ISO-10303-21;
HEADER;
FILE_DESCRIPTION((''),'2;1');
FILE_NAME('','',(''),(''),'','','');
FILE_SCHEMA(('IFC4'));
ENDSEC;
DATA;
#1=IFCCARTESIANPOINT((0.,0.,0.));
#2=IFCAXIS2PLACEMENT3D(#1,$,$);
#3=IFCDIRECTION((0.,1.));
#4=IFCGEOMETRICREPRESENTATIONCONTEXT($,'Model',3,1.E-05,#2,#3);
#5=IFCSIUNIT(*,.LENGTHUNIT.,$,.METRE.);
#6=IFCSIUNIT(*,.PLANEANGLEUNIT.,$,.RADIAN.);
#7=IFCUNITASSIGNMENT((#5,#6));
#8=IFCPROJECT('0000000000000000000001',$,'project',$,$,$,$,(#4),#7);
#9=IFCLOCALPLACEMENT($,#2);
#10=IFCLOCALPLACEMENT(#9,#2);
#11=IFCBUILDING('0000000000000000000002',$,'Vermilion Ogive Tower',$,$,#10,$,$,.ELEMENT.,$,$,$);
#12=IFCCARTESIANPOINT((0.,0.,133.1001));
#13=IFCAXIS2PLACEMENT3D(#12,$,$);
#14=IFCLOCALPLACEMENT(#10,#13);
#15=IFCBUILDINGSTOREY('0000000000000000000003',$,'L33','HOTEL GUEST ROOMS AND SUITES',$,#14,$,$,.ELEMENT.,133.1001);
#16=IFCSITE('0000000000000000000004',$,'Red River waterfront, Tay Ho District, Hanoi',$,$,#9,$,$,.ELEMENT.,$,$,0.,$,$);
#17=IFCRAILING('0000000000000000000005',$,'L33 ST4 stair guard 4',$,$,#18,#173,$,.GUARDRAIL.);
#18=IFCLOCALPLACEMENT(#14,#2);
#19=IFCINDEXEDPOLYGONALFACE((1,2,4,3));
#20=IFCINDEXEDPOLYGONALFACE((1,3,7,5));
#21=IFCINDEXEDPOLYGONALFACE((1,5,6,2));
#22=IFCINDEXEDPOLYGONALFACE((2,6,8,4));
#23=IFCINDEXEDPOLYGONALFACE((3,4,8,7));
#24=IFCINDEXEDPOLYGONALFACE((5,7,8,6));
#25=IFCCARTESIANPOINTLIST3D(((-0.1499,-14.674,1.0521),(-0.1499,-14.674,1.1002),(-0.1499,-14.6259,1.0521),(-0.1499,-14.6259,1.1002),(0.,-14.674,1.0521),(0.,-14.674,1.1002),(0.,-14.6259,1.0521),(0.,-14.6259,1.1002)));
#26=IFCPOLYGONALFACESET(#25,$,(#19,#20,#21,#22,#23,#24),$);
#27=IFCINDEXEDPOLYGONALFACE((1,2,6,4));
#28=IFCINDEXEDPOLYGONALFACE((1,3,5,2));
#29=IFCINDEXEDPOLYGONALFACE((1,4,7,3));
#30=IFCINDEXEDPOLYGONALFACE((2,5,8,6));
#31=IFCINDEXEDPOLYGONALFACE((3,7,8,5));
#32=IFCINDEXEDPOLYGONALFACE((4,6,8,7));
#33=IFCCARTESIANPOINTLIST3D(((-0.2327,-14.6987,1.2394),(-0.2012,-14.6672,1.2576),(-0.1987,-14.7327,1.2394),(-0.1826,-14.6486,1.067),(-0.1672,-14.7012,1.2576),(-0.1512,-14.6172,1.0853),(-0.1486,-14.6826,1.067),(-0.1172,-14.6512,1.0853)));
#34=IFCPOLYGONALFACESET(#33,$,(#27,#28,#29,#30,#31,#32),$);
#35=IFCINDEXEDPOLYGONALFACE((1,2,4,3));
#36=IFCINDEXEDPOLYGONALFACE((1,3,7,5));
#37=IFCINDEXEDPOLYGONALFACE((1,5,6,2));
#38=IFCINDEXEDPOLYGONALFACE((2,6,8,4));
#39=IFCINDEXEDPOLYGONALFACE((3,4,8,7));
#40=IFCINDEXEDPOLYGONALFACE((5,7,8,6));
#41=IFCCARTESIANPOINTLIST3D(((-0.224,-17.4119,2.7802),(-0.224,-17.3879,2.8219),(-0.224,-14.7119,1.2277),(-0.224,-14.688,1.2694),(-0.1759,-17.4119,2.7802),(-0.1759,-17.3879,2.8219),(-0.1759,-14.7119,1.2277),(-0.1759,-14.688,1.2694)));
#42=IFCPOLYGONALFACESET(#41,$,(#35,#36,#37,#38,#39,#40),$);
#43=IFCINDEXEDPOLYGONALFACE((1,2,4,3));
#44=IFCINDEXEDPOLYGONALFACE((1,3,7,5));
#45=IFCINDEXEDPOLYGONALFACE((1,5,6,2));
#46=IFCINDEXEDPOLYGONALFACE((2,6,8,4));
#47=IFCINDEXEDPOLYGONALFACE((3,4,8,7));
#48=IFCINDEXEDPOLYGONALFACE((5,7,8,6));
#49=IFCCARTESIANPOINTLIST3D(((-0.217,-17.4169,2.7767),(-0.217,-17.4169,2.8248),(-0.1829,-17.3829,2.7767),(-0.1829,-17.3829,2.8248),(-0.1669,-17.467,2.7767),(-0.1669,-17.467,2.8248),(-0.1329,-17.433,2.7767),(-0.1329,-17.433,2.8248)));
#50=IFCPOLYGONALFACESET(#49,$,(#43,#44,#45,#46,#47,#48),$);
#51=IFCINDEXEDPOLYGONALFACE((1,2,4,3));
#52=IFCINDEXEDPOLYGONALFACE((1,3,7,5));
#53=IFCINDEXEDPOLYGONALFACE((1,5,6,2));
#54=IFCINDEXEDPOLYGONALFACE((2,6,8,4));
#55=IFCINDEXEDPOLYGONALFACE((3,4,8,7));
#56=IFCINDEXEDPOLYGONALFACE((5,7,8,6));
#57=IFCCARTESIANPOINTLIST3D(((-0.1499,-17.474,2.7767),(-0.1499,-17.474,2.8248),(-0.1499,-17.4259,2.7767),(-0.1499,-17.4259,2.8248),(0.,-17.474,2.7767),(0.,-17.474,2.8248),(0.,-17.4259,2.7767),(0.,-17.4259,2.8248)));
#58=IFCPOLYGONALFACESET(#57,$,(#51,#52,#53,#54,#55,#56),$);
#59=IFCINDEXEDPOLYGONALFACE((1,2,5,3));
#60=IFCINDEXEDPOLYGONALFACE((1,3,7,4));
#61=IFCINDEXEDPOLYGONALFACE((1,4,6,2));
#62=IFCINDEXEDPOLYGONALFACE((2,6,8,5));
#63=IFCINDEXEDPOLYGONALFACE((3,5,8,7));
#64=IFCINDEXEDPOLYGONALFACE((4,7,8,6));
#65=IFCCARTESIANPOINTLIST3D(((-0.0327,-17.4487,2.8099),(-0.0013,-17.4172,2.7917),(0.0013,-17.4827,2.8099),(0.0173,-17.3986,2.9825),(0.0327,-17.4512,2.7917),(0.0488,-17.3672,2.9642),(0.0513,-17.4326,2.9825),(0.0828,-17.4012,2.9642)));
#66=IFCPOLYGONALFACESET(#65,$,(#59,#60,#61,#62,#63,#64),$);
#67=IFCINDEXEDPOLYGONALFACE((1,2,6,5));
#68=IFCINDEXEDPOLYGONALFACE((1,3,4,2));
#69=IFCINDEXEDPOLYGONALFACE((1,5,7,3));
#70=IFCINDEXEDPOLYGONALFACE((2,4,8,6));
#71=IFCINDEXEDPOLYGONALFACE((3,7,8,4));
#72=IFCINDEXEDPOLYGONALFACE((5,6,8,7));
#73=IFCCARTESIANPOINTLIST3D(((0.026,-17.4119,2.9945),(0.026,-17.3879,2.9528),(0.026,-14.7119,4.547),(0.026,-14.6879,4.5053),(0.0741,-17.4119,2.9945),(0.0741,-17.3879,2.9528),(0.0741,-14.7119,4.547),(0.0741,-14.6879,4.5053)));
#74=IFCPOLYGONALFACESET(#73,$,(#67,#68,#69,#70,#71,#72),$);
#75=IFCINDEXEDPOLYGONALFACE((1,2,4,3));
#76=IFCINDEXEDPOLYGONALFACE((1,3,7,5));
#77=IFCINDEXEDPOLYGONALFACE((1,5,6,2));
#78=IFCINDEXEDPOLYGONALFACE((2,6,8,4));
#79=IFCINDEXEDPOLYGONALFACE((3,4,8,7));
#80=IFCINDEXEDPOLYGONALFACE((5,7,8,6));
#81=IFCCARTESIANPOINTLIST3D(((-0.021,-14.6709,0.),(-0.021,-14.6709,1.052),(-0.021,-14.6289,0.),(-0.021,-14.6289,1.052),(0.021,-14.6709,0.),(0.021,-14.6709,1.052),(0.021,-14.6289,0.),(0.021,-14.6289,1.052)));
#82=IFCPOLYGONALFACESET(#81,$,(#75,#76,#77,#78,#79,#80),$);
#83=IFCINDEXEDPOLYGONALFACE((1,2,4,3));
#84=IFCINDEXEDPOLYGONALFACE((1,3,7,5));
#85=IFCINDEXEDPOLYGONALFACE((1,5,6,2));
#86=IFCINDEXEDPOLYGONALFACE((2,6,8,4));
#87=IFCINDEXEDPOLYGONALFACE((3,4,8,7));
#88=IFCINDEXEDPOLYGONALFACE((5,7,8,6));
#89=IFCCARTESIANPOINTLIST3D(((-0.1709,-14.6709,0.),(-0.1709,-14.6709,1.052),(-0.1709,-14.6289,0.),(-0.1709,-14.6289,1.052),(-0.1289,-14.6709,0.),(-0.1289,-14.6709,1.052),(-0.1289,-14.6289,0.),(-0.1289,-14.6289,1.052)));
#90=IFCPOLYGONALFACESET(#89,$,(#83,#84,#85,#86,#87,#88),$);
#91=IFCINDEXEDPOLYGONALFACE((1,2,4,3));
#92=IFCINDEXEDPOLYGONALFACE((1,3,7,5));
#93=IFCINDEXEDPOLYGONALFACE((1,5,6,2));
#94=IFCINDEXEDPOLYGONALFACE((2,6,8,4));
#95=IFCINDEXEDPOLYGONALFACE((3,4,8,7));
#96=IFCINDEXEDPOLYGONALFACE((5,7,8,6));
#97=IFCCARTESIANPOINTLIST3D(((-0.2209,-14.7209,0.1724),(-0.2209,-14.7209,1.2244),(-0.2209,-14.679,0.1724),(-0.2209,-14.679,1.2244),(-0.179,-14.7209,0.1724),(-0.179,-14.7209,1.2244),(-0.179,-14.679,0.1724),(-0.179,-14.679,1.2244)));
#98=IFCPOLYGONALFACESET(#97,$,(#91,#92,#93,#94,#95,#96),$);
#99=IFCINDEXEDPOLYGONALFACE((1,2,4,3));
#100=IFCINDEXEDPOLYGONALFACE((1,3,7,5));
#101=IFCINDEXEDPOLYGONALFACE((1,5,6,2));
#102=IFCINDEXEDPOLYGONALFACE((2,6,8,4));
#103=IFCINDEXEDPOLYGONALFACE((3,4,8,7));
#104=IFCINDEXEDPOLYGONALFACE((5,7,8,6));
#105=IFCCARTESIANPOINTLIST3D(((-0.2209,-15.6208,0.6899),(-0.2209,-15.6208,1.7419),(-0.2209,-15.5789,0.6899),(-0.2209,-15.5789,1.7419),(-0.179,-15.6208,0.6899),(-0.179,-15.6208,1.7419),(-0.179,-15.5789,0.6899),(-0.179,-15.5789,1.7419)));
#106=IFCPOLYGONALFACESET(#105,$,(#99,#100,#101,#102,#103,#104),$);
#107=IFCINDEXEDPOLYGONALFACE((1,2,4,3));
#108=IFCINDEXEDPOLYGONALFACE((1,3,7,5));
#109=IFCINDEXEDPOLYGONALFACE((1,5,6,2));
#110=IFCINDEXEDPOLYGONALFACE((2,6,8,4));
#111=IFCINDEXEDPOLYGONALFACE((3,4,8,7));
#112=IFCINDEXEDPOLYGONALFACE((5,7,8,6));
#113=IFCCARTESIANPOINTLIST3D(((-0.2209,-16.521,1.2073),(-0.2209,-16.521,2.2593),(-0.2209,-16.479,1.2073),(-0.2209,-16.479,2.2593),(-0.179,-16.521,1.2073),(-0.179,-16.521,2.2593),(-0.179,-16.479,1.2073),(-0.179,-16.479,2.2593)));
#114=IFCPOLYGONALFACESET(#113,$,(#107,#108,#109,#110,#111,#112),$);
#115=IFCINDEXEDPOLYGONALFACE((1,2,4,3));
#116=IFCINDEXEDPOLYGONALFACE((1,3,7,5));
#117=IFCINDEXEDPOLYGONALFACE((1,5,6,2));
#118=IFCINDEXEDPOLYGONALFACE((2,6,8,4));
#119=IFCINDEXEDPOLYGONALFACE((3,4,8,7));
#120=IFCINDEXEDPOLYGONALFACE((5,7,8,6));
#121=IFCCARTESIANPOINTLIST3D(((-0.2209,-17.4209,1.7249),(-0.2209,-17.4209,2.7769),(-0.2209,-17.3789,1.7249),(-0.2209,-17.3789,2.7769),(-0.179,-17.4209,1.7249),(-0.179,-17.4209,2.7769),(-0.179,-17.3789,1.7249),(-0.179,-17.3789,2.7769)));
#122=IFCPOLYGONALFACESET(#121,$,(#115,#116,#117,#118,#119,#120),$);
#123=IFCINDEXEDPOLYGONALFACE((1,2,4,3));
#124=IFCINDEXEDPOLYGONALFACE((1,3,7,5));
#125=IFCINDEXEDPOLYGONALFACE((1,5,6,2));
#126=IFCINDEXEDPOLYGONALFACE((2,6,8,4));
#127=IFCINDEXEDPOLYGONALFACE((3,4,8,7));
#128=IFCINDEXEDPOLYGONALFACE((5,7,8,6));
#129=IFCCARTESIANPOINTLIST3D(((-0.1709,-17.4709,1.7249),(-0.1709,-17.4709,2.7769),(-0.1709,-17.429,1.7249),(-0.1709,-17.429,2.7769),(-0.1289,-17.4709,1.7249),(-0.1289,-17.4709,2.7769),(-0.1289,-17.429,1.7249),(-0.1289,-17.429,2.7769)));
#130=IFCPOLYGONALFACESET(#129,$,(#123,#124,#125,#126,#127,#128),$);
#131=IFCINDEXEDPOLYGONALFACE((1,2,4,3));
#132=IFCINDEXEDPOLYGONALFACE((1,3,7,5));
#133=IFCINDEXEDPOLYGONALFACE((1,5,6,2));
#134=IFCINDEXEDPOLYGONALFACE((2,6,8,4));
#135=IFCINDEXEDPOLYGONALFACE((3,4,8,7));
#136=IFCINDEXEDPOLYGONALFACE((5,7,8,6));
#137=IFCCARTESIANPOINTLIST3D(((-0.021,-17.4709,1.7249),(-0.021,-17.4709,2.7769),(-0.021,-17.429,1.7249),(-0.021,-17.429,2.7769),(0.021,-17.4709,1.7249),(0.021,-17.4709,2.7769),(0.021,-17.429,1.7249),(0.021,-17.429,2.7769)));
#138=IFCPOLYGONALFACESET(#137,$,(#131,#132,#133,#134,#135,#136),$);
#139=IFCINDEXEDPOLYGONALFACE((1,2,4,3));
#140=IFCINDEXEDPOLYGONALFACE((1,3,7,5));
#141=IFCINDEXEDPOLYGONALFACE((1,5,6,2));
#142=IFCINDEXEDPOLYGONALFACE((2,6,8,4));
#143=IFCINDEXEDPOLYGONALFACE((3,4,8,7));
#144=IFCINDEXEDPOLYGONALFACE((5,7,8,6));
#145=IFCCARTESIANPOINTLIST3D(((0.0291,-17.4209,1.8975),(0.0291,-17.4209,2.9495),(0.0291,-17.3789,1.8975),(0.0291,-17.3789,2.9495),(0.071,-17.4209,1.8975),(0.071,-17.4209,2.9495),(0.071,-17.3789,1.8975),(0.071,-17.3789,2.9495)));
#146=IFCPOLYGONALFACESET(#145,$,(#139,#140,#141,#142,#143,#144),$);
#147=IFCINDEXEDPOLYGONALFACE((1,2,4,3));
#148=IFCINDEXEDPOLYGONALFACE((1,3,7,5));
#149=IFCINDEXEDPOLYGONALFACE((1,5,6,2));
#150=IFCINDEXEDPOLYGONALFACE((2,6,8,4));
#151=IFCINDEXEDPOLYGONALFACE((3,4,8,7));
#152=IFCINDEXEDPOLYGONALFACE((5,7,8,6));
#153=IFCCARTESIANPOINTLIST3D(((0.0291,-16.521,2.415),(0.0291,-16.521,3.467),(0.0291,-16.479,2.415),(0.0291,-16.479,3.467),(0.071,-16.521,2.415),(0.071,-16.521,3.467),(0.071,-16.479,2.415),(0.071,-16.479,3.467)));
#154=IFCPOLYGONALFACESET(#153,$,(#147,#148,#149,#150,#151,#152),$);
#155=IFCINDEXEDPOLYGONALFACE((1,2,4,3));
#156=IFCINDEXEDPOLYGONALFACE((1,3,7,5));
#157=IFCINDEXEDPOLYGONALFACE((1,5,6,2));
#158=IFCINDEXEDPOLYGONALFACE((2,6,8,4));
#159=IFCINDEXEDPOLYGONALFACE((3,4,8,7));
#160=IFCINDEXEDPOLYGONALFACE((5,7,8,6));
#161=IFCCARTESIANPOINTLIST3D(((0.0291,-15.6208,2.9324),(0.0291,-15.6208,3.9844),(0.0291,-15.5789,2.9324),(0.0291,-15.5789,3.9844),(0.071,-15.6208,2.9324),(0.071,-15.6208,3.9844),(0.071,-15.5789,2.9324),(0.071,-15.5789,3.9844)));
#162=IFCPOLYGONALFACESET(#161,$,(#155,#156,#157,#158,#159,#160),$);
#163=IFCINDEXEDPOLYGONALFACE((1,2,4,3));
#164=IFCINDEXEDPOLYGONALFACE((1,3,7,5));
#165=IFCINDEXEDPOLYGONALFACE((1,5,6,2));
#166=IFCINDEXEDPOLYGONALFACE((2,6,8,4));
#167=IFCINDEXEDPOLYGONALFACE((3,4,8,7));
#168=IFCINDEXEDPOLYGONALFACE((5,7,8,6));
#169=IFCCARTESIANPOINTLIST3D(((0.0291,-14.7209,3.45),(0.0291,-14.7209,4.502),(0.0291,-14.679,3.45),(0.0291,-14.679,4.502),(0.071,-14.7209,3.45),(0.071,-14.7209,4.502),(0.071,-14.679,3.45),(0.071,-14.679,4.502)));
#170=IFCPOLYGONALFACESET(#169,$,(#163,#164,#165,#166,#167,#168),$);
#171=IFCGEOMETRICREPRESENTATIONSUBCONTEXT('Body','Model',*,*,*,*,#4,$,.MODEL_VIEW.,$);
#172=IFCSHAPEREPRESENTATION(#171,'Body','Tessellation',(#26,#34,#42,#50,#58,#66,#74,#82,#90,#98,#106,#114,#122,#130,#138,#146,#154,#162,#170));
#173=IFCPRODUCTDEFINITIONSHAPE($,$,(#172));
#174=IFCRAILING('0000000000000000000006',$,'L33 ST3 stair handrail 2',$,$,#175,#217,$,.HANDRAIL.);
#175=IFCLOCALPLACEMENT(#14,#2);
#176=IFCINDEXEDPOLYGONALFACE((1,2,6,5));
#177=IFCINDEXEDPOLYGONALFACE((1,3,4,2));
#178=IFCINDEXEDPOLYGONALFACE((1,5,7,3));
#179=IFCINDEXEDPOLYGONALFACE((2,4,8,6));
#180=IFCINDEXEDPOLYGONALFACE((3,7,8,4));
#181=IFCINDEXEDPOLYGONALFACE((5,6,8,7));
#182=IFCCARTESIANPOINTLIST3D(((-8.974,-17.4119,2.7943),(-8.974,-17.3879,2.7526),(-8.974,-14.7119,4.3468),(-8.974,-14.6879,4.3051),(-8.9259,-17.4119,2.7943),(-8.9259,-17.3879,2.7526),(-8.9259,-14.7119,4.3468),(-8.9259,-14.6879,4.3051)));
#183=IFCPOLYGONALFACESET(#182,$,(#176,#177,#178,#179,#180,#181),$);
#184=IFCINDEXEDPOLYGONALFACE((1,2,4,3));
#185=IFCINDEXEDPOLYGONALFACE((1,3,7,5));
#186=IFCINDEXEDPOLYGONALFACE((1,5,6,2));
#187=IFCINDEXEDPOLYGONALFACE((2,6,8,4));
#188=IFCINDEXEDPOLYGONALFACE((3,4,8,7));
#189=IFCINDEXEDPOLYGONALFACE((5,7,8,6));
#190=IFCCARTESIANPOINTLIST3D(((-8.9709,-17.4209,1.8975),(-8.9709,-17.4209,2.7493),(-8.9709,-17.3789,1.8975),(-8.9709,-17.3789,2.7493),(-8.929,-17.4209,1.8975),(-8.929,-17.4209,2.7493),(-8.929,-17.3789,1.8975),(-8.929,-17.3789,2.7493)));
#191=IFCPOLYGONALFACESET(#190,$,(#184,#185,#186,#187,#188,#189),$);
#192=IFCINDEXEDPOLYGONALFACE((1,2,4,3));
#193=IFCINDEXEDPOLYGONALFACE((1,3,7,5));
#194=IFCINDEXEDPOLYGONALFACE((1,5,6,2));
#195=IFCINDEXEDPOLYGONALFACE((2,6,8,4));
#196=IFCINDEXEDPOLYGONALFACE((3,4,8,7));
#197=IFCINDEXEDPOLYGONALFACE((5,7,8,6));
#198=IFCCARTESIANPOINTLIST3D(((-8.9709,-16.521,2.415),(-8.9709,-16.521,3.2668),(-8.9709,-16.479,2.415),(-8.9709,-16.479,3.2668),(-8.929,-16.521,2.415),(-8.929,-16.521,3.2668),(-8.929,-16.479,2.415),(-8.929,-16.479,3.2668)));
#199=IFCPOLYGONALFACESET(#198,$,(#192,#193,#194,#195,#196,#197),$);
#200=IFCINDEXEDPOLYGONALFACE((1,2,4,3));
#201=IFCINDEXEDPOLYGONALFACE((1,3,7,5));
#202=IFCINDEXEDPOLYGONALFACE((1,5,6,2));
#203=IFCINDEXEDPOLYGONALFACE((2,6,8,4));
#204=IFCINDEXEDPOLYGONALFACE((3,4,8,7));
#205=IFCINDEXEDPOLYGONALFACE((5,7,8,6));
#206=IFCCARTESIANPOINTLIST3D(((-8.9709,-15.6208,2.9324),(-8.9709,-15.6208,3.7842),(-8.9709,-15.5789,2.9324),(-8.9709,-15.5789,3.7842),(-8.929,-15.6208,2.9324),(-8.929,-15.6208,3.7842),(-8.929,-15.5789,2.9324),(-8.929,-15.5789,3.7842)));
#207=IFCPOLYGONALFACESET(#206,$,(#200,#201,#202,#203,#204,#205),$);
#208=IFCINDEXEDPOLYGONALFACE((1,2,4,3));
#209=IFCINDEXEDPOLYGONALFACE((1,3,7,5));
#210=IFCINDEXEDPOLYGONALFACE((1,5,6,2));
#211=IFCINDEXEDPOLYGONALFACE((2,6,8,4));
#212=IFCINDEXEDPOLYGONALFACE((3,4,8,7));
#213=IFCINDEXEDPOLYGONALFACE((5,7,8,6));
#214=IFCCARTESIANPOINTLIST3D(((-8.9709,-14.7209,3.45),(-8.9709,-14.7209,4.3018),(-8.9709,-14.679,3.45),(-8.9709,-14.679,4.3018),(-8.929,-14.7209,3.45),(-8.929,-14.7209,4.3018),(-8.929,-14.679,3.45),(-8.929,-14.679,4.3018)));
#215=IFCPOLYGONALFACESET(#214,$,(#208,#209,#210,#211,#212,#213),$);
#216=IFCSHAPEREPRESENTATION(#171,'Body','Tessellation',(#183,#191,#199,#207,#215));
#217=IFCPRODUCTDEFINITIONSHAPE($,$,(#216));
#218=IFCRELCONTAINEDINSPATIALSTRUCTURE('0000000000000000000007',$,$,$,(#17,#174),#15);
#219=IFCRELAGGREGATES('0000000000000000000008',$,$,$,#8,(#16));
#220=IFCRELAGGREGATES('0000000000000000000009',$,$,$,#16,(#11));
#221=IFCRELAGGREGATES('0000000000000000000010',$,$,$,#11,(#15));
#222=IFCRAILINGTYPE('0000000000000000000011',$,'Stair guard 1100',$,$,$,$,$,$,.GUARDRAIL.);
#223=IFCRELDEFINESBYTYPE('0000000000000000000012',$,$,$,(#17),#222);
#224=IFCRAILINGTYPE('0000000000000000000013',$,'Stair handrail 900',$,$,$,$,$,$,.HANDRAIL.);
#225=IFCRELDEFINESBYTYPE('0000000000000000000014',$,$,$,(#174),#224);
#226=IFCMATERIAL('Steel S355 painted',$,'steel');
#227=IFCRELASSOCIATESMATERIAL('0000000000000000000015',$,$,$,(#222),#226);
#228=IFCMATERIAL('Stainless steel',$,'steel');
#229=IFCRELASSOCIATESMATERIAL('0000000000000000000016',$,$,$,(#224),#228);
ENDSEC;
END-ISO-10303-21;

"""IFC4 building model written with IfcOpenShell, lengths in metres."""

from ifc_helpers import new_model, si_unit, direction, frame, origin, origin_2d, place, context, subcontext, project, spatial, rectangle, extrude, material, type_object, element, save


model = new_model("IFC4")

# Units and contexts
model_context = context("Model", 3, precision=1e-05, world=origin(), true_north=direction((0.0, 1.0)))
body_context = subcontext(model_context, "Body", "Model", "MODEL_VIEW")
ifc_project = project(units=[si_unit("LENGTHUNIT", "METRE"), si_unit("PLANEANGLEUNIT", "RADIAN")], contexts=[model_context])

# Site, building, storey
site_placement = place(None, origin())
site = spatial("IfcSite", under=ifc_project, at=site_placement, Name="Red River waterfront, Tay Ho District, Hanoi", CompositionType="ELEMENT", RefElevation=0.0)
building_placement = place(site_placement, origin())
building = spatial("IfcBuilding", under=site, at=building_placement, Name="Vermilion Ogive Tower", CompositionType="ELEMENT")
storey_placement = place(building_placement, frame((0.0, 0.0, 133.1001)))
storey = spatial("IfcBuildingStorey", under=building, at=storey_placement, Name="L33", Description="HOTEL GUEST ROOMS AND SUITES", CompositionType="ELEMENT", Elevation=133.1001)

# Railings
ifc_material_1 = material(Name="Steel S355 painted", Category="steel")
railing_type_1 = type_object("IfcRailingType", Name="Stair guard 1100", PredefinedType="GUARDRAIL", material=ifc_material_1)
railing_1_placement = place(storey_placement, frame((0.0, -14.6499, 0.0)))
element("IfcRailing", 1, at=railing_1_placement, inside=storey, type_object=railing_type_1, Name="L33 ST4 stair guard 4", PredefinedType="GUARDRAIL", context=body_context, shape_type="SweptSolid", body=[
    extrude(rectangle(XDim=0.0481, YDim=0.0481, at=origin_2d()), frame((0.0, 0.0, 1.0762), z_axis=(-1.0, 0.0, 0.0), x_axis=(0.0, -1.0, 0.0)), (0.0, 0.0, 1.0), 0.1499),
    extrude(rectangle(XDim=0.0481, YDim=0.0481, at=origin_2d()), frame((-0.1499, 0.0, 1.0762), z_axis=(-0.268603, -0.268603, 0.925043), x_axis=(0.707107, -0.707107, 0.0)), (0.0, 0.0, 1.0), 0.1863),
    extrude(rectangle(XDim=0.0481, YDim=0.0481, at=origin_2d()), frame((-0.2, -0.05, 1.2485), z_axis=(0.0, -0.866904, 0.498476), x_axis=(1.0, 0.0, 0.0)), (0.0, 0.0, 1.0), 3.1145),
    extrude(rectangle(XDim=0.0481, YDim=0.0481, at=origin_2d()), frame((-0.2, -2.75, 2.8008), z_axis=(0.707107, -0.707107, 0.0), x_axis=(0.707107, 0.707107, 0.0)), (0.0, 0.0, 1.0), 0.0708),
    extrude(rectangle(XDim=0.0481, YDim=0.0481, at=origin_2d()), frame((-0.1499, -2.8, 2.8008), z_axis=(1.0, 0.0, 0.0), x_axis=(0.0, 1.0, 0.0)), (0.0, 0.0, 1.0), 0.1499),
    extrude(rectangle(XDim=0.0481, YDim=0.0481, at=origin_2d()), frame((0.0, -2.8, 2.8008), z_axis=(0.268278, 0.268278, 0.925232), x_axis=(-0.707107, 0.707107, 0.0)), (0.0, 0.0, 1.0), 0.1865),
    extrude(rectangle(XDim=0.0481, YDim=0.0481, at=origin_2d()), frame((0.05, -2.75, 2.9736), z_axis=(0.0, 0.866904, 0.498476), x_axis=(-1.0, 0.0, 0.0)), (0.0, 0.0, 1.0), 3.1145),
    extrude(rectangle(XDim=0.042, YDim=0.042, at=origin_2d()), origin(), (0.0, 0.0, 1.0), 1.052),
    extrude(rectangle(XDim=0.042, YDim=0.042, at=origin_2d()), frame((-0.1499, 0.0, 0.0)), (0.0, 0.0, 1.0), 1.052),
    extrude(rectangle(XDim=0.042, YDim=0.042, at=origin_2d()), frame((-0.2, -0.05, 0.1724)), (0.0, 0.0, 1.0), 1.052),
    extrude(rectangle(XDim=0.042, YDim=0.042, at=origin_2d()), frame((-0.2, -0.95, 0.6899)), (0.0, 0.0, 1.0), 1.052),
    extrude(rectangle(XDim=0.042, YDim=0.042, at=origin_2d()), frame((-0.2, -1.8501, 1.2073)), (0.0, 0.0, 1.0), 1.052),
    extrude(rectangle(XDim=0.042, YDim=0.042, at=origin_2d()), frame((-0.2, -2.75, 1.7249)), (0.0, 0.0, 1.0), 1.052),
    extrude(rectangle(XDim=0.042, YDim=0.042, at=origin_2d()), frame((-0.1499, -2.8, 1.7249)), (0.0, 0.0, 1.0), 1.052),
    extrude(rectangle(XDim=0.042, YDim=0.042, at=origin_2d()), frame((0.0, -2.8, 1.7249)), (0.0, 0.0, 1.0), 1.052),
    extrude(rectangle(XDim=0.042, YDim=0.042, at=origin_2d()), frame((0.05, -2.75, 1.8975)), (0.0, 0.0, 1.0), 1.052),
    extrude(rectangle(XDim=0.042, YDim=0.042, at=origin_2d()), frame((0.05, -1.8501, 2.415)), (0.0, 0.0, 1.0), 1.052),
    extrude(rectangle(XDim=0.042, YDim=0.042, at=origin_2d()), frame((0.05, -0.95, 2.9324)), (0.0, 0.0, 1.0), 1.052),
    extrude(rectangle(XDim=0.042, YDim=0.042, at=origin_2d()), frame((0.05, -0.05, 3.45)), (0.0, 0.0, 1.0), 1.052),
])
ifc_material_2 = material(Name="Stainless steel", Category="steel")
railing_type_2 = type_object("IfcRailingType", Name="Stair handrail 900", PredefinedType="HANDRAIL", material=ifc_material_2)
railing_2_placement = place(storey_placement, frame((-8.95, -17.3999, 1.8975)))
element("IfcRailing", 2, at=railing_2_placement, inside=storey, type_object=railing_type_2, Name="L33 ST3 stair handrail 2", PredefinedType="HANDRAIL", context=body_context, shape_type="SweptSolid", body=[
    extrude(rectangle(XDim=0.0481, YDim=0.0481, at=origin_2d()), frame((0.0, 0.0, 0.876), z_axis=(0.0, 0.866904, 0.498476), x_axis=(-1.0, 0.0, 0.0)), (0.0, 0.0, 1.0), 3.1145),
    extrude(rectangle(XDim=0.042, YDim=0.042, at=origin_2d()), origin(), (0.0, 0.0, 1.0), 0.8518),
    extrude(rectangle(XDim=0.042, YDim=0.042, at=origin_2d()), frame((0.0, 0.8999, 0.5176)), (0.0, 0.0, 1.0), 0.8518),
    extrude(rectangle(XDim=0.042, YDim=0.042, at=origin_2d()), frame((0.0, 1.8, 1.0349)), (0.0, 0.0, 1.0), 0.8518),
    extrude(rectangle(XDim=0.042, YDim=0.042, at=origin_2d()), frame((0.0, 2.7, 1.5525)), (0.0, 0.0, 1.0), 0.8518),
])

save(model, "model.ifc")
